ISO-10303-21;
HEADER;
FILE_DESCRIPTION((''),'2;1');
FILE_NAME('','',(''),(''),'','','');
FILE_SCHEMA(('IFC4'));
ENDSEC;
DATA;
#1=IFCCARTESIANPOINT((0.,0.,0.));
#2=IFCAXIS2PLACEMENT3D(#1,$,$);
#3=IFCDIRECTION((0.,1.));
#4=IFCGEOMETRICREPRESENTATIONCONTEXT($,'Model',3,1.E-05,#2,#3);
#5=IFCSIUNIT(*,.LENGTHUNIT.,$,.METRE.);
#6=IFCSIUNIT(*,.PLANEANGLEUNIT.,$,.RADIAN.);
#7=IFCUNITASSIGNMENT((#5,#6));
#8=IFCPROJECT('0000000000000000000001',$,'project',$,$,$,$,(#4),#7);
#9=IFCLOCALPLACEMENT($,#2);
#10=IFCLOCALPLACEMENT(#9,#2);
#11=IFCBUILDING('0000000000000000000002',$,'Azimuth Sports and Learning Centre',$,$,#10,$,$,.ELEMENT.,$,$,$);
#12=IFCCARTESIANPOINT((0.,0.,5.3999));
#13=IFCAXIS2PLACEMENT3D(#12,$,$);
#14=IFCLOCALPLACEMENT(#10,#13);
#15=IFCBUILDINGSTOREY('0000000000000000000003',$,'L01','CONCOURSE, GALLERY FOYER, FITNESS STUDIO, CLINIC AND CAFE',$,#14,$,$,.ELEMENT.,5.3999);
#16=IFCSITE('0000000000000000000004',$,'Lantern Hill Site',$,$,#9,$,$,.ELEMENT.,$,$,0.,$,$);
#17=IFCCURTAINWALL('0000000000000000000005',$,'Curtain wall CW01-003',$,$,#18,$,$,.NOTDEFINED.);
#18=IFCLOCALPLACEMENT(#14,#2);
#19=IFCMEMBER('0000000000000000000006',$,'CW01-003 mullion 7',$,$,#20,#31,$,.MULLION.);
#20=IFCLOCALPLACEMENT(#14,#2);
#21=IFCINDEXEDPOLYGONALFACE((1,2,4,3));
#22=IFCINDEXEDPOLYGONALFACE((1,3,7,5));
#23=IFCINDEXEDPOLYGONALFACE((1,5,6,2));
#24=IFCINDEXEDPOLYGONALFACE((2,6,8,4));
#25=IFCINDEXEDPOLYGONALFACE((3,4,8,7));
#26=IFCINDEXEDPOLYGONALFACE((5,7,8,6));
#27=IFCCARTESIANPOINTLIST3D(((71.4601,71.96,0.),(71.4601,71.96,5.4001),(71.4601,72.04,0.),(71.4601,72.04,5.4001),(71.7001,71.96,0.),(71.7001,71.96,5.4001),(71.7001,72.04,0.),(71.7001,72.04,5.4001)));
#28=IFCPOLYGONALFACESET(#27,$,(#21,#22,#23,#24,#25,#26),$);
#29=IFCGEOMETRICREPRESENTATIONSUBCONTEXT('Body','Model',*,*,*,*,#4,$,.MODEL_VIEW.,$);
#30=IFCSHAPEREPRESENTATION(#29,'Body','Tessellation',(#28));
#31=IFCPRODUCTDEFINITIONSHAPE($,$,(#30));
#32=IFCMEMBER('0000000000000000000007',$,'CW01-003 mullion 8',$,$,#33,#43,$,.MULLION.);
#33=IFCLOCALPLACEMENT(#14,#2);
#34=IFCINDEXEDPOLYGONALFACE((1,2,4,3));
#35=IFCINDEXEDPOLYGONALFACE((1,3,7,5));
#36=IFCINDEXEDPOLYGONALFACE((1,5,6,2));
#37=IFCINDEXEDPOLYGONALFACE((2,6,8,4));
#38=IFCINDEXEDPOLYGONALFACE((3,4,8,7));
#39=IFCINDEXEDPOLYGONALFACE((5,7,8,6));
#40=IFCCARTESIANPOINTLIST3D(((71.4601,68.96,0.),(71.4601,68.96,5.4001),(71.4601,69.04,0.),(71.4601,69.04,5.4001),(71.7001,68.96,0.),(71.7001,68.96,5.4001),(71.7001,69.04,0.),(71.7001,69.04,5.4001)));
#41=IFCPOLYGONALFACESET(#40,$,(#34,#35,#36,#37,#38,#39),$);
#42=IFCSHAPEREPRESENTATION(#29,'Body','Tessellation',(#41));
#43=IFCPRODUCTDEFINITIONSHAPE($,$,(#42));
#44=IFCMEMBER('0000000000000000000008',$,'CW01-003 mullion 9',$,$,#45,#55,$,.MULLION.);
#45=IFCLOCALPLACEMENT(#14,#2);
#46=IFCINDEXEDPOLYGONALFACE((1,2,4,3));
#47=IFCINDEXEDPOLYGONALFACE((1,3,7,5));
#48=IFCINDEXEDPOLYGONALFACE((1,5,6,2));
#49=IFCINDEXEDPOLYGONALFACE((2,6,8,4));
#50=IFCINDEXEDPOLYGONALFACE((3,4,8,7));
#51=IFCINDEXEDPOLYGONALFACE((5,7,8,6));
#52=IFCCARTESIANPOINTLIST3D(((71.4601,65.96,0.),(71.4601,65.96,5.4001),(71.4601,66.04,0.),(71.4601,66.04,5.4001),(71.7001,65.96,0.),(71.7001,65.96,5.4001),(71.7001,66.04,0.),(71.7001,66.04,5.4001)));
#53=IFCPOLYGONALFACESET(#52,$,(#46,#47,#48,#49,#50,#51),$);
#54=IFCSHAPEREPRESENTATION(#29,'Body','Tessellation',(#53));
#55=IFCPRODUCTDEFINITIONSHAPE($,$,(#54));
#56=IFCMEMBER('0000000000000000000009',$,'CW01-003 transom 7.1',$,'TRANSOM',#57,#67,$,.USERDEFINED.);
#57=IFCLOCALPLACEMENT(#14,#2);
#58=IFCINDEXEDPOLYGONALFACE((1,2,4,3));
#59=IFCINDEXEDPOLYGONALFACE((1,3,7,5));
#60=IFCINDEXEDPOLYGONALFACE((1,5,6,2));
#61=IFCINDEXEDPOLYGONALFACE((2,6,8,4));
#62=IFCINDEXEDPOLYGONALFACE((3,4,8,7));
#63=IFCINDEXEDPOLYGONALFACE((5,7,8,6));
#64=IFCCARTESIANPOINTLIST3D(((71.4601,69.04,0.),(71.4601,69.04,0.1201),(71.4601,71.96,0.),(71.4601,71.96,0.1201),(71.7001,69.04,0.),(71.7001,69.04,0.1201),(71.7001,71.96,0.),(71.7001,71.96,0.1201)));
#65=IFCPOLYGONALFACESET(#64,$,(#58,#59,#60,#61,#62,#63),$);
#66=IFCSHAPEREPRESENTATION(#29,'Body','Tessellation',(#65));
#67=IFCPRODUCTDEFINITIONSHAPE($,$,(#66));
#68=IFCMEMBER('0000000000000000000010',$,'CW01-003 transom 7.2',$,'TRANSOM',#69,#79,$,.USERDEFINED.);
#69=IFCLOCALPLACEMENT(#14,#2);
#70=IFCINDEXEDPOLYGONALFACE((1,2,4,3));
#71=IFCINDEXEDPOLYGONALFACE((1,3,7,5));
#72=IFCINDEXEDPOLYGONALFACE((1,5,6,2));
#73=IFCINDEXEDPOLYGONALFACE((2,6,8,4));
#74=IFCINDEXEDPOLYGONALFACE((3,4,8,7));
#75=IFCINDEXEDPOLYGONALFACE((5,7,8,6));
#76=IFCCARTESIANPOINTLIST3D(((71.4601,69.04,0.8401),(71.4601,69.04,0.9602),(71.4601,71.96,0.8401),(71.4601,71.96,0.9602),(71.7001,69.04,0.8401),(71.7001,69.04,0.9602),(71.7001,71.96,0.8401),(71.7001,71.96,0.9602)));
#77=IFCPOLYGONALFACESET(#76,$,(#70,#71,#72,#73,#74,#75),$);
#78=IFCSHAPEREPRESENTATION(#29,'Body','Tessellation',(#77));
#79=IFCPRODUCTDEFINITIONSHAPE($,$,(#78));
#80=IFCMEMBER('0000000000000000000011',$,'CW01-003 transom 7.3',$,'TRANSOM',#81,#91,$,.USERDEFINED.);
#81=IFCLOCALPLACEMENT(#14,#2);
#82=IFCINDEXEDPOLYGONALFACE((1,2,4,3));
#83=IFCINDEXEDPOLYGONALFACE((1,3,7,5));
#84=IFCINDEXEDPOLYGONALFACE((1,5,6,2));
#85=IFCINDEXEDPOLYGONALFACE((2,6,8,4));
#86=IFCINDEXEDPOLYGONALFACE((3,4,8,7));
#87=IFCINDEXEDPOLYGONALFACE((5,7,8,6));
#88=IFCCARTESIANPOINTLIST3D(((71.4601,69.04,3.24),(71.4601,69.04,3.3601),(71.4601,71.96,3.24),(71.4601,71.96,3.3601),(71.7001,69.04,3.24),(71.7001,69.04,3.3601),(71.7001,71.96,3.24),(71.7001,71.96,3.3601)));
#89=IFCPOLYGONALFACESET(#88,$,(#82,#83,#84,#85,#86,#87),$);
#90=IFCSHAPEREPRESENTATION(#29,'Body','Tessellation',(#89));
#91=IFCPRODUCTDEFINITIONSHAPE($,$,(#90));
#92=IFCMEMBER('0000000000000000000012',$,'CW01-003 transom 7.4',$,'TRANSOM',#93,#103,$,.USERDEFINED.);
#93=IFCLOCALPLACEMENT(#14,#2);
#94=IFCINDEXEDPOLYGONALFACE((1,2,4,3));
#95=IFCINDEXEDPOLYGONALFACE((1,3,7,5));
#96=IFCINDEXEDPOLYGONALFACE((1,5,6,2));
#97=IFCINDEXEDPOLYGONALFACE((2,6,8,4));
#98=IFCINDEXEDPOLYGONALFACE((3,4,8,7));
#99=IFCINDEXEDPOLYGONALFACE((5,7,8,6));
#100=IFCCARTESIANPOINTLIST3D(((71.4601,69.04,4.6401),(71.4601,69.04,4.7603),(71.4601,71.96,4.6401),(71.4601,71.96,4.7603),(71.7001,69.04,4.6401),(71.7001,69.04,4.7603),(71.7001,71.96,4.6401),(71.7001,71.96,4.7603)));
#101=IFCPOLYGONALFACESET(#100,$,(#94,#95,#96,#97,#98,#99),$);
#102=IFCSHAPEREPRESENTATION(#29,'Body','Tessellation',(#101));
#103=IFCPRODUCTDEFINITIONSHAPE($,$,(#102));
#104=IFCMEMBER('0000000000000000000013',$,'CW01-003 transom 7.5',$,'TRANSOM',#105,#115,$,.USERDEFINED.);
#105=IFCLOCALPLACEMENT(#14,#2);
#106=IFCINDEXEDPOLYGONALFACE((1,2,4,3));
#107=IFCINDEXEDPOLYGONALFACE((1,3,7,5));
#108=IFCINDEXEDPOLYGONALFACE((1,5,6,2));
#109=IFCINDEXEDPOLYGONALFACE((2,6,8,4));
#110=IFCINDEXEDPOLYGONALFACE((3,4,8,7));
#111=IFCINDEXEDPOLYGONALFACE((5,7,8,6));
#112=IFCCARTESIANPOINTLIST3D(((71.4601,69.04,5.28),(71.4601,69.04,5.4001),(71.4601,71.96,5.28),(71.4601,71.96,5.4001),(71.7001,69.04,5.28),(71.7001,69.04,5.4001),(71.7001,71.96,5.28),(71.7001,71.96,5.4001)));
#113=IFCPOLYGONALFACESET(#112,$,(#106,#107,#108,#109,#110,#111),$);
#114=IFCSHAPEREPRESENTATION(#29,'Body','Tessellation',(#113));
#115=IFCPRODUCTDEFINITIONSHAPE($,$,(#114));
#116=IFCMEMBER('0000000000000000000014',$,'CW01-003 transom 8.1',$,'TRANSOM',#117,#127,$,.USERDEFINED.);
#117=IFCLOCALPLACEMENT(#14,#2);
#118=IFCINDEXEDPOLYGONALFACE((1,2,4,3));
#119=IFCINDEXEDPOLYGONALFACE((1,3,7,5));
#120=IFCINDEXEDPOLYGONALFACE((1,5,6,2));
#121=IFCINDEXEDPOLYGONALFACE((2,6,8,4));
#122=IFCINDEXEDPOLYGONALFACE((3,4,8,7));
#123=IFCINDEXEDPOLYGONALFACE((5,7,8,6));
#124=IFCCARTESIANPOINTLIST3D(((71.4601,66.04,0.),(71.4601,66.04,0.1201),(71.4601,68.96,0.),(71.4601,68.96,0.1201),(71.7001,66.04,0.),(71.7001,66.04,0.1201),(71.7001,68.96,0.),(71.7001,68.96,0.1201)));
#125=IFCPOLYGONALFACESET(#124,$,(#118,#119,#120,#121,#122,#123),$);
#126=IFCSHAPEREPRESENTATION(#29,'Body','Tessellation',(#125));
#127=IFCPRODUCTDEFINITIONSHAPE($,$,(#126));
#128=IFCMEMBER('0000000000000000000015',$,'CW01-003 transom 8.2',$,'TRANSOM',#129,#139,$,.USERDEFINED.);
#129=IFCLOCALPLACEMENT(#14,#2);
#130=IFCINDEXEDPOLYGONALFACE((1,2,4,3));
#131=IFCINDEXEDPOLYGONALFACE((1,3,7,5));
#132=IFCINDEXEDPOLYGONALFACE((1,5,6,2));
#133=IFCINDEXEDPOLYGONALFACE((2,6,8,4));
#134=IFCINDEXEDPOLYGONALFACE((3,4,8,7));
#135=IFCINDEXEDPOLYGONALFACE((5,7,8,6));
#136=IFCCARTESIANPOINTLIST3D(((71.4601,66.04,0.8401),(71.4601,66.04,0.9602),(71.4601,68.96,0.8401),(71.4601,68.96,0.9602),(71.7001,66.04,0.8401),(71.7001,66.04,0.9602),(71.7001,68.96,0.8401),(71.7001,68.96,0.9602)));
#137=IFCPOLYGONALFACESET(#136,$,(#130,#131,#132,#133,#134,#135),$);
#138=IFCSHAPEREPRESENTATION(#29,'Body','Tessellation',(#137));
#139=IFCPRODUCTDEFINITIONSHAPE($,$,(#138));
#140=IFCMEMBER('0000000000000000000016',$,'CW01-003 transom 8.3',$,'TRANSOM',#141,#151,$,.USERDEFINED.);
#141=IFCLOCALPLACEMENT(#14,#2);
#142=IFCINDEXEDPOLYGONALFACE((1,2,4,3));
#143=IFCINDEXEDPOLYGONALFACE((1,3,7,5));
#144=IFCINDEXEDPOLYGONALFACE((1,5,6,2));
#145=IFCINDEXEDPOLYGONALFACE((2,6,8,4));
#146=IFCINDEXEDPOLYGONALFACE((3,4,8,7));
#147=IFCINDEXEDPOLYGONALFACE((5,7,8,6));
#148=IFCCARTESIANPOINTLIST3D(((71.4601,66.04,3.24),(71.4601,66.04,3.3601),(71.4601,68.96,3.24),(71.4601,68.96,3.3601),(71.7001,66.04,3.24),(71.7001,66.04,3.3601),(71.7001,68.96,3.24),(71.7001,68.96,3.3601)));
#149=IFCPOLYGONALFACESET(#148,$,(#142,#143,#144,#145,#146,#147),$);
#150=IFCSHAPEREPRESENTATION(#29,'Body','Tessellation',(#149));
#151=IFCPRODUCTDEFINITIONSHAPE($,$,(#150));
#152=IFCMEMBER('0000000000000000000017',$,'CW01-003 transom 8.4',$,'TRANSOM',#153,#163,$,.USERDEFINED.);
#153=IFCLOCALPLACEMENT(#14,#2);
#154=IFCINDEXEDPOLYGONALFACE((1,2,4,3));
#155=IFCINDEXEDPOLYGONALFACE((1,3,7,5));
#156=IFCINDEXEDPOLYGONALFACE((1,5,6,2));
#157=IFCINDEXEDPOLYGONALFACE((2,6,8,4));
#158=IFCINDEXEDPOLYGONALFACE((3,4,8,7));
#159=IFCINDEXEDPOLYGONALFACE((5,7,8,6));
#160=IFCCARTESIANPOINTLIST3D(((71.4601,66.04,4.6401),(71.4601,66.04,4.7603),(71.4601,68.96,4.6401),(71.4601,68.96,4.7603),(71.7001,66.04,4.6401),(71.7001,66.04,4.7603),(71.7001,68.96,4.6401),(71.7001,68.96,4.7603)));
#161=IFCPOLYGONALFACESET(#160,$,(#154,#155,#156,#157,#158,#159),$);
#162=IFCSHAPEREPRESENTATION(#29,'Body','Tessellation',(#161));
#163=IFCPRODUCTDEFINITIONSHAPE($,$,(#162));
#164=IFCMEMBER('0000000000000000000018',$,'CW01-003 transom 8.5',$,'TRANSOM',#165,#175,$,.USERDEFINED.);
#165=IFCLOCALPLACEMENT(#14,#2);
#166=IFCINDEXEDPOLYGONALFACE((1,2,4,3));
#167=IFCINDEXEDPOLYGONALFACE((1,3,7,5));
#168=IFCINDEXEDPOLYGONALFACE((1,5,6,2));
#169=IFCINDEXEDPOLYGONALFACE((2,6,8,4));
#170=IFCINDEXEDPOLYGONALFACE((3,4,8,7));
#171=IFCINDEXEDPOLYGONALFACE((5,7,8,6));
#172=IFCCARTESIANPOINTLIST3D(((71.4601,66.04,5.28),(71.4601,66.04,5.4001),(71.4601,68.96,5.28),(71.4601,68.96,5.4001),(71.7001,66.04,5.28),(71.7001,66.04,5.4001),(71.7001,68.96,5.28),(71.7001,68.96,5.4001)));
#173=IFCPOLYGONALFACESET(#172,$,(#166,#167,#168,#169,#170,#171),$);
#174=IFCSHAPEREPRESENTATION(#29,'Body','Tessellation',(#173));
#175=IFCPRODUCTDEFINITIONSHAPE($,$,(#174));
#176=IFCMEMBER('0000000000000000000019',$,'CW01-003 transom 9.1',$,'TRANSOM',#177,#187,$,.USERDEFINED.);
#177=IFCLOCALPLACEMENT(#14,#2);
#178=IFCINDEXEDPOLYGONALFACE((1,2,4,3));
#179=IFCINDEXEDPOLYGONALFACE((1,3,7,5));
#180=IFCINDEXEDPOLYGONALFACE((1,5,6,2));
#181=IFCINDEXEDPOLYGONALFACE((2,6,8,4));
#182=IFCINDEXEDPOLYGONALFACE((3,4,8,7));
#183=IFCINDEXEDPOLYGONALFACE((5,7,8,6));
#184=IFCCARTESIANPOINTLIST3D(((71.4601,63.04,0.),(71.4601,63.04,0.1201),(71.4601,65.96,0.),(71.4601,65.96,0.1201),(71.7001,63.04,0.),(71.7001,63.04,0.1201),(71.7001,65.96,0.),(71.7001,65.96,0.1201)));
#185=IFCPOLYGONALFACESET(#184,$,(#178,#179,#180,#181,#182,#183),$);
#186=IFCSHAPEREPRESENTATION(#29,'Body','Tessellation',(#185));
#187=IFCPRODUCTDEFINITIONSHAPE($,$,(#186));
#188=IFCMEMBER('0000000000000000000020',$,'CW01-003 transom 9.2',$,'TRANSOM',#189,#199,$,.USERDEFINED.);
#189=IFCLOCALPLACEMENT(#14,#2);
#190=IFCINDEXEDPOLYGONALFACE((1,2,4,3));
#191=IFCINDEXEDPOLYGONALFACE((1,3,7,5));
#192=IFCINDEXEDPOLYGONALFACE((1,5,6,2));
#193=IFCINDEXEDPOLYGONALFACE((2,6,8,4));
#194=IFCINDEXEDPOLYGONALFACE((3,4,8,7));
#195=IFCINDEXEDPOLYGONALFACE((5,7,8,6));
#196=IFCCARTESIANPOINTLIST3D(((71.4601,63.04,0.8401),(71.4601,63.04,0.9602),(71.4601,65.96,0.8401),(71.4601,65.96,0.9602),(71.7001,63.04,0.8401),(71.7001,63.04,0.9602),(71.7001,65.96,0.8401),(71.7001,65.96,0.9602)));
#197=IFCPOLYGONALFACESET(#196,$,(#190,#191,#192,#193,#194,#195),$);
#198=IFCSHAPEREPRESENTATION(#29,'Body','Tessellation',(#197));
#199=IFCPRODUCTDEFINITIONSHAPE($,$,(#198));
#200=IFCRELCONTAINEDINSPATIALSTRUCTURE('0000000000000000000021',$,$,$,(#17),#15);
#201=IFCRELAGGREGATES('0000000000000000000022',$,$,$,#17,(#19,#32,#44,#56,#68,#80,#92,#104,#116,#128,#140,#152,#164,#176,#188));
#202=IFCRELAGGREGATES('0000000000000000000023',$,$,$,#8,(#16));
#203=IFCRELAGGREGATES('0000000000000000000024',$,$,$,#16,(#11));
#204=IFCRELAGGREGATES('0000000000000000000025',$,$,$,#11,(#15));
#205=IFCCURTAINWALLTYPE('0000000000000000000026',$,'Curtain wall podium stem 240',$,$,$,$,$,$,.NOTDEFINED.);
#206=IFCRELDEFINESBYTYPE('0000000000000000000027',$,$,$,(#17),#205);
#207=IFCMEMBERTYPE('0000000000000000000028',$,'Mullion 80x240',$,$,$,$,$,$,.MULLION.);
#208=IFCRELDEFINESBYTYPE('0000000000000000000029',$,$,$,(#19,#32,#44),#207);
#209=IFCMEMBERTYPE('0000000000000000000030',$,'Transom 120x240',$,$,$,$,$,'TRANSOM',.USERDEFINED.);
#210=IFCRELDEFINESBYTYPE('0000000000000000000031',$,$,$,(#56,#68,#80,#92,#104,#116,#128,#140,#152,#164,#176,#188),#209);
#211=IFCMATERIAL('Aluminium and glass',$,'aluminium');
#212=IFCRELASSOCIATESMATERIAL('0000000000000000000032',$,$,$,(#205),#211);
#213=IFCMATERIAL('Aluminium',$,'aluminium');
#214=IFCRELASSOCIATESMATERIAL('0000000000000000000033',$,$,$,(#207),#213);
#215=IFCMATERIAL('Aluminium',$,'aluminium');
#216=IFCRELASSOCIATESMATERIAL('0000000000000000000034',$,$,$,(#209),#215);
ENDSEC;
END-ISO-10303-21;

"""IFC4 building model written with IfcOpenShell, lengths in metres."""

from ifc_helpers import new_model, si_unit, direction, frame, origin, origin_2d, place, context, subcontext, project, spatial, rectangle, extrude, material, material_profile, profile_set, type_object, element, aggregate, save


model = new_model("IFC4")

# Units and contexts
model_context = context("Model", 3, precision=1e-05, world=origin(), true_north=direction((0.0, 1.0)))
body_context = subcontext(model_context, "Body", "Model", "MODEL_VIEW")
ifc_project = project(units=[si_unit("LENGTHUNIT", "METRE"), si_unit("PLANEANGLEUNIT", "RADIAN")], contexts=[model_context])

# Site, building, storey
site_placement = place(None, origin())
site = spatial("IfcSite", under=ifc_project, at=site_placement, Name="Lantern Hill Site", CompositionType="ELEMENT", RefElevation=0.0)
building_placement = place(site_placement, origin())
building = spatial("IfcBuilding", under=site, at=building_placement, Name="Azimuth Sports and Learning Centre", CompositionType="ELEMENT")
storey_placement = place(building_placement, frame((0.0, 0.0, 5.3999)))
storey = spatial("IfcBuildingStorey", under=building, at=storey_placement, Name="L01", Description="CONCOURSE, GALLERY FOYER, FITNESS STUDIO, CLINIC AND CAFE", CompositionType="ELEMENT", Elevation=5.3999)

# Curtain wall, members
ifc_material_1 = material(Name="Aluminium and glass", Category="aluminium")
curtain_wall_type = type_object("IfcCurtainWallType", Name="Curtain wall podium stem 240", PredefinedType="NOTDEFINED", material=ifc_material_1)
curtain_wall_placement = place(storey_placement, origin())
curtain_wall = element("IfcCurtainWall", 1, at=curtain_wall_placement, inside=storey, type_object=curtain_wall_type, Name="Curtain wall CW01-003", PredefinedType="NOTDEFINED")
ifc_material_2 = material(Name="Aluminium", Category="aluminium")
ifc_material_profile_1 = material_profile(ifc_material_2, rectangle(XDim=0.24, YDim=0.0801, at=origin_2d()), Name="Mullion 80x240")
ifc_profile_set_1 = profile_set([ifc_material_profile_1], Name="Aluminium")
member_type_1 = type_object("IfcMemberType", Name="Mullion 80x240", PredefinedType="MULLION", material=ifc_profile_set_1)
member_1_placement = place(storey_placement, frame((71.5801, 72.0, 0.0), z_axis=(0.0, 0.0, 1.0), x_axis=(1.0, 0.0, 0.0)))
member_1 = element("IfcMember", 2, at=member_1_placement, type_object=member_type_1, Name="CW01-003 mullion 7", PredefinedType="MULLION", context=body_context, shape_type="SweptSolid", body=[
    extrude(rectangle(XDim=0.24, YDim=0.0801, at=origin_2d()), origin(), (0.0, 0.0, 1.0), 5.4001),
])
member_2_placement = place(storey_placement, frame((71.5801, 69.0, 0.0), z_axis=(0.0, 0.0, 1.0), x_axis=(1.0, 0.0, 0.0)))
member_2 = element("IfcMember", 3, at=member_2_placement, type_object=member_type_1, Name="CW01-003 mullion 8", PredefinedType="MULLION", context=body_context, shape_type="SweptSolid", body=[
    extrude(rectangle(XDim=0.24, YDim=0.0801, at=origin_2d()), origin(), (0.0, 0.0, 1.0), 5.4001),
])
member_3_placement = place(storey_placement, frame((71.5801, 66.0, 0.0), z_axis=(0.0, 0.0, 1.0), x_axis=(1.0, 0.0, 0.0)))
member_3 = element("IfcMember", 4, at=member_3_placement, type_object=member_type_1, Name="CW01-003 mullion 9", PredefinedType="MULLION", context=body_context, shape_type="SweptSolid", body=[
    extrude(rectangle(XDim=0.24, YDim=0.0801, at=origin_2d()), origin(), (0.0, 0.0, 1.0), 5.4001),
])
ifc_material_3 = material(Name="Aluminium", Category="aluminium")
ifc_material_profile_2 = material_profile(ifc_material_3, rectangle(XDim=0.24, YDim=0.1201, at=origin_2d()), Name="Transom 120x240")
ifc_profile_set_2 = profile_set([ifc_material_profile_2], Name="Aluminium")
member_type_2 = type_object("IfcMemberType", Name="Transom 120x240", ElementType="TRANSOM", PredefinedType="USERDEFINED", material=ifc_profile_set_2)
member_4_placement = place(storey_placement, frame((71.5801, 71.96, 0.0601), z_axis=(0.0, -1.0, 0.0), x_axis=(1.0, 0.0, 0.0)))
member_4 = element("IfcMember", 5, at=member_4_placement, type_object=member_type_2, Name="CW01-003 transom 7.1", ObjectType="TRANSOM", PredefinedType="USERDEFINED", context=body_context, shape_type="SweptSolid", body=[
    extrude(rectangle(XDim=0.24, YDim=0.1201, at=origin_2d()), origin(), (0.0, 0.0, 1.0), 2.9199),
])
member_5_placement = place(storey_placement, frame((71.5801, 71.96, 0.9001), z_axis=(0.0, -1.0, 0.0), x_axis=(1.0, 0.0, 0.0)))
member_5 = element("IfcMember", 6, at=member_5_placement, type_object=member_type_2, Name="CW01-003 transom 7.2", ObjectType="TRANSOM", PredefinedType="USERDEFINED", context=body_context, shape_type="SweptSolid", body=[
    extrude(rectangle(XDim=0.24, YDim=0.1201, at=origin_2d()), origin(), (0.0, 0.0, 1.0), 2.9199),
])
member_6_placement = place(storey_placement, frame((71.5801, 71.96, 3.3), z_axis=(0.0, -1.0, 0.0), x_axis=(1.0, 0.0, 0.0)))
member_6 = element("IfcMember", 7, at=member_6_placement, type_object=member_type_2, Name="CW01-003 transom 7.3", ObjectType="TRANSOM", PredefinedType="USERDEFINED", context=body_context, shape_type="SweptSolid", body=[
    extrude(rectangle(XDim=0.24, YDim=0.1201, at=origin_2d()), origin(), (0.0, 0.0, 1.0), 2.9199),
])
member_7_placement = place(storey_placement, frame((71.5801, 71.96, 4.7002), z_axis=(0.0, -1.0, 0.0), x_axis=(1.0, 0.0, 0.0)))
member_7 = element("IfcMember", 8, at=member_7_placement, type_object=member_type_2, Name="CW01-003 transom 7.4", ObjectType="TRANSOM", PredefinedType="USERDEFINED", context=body_context, shape_type="SweptSolid", body=[
    extrude(rectangle(XDim=0.24, YDim=0.1201, at=origin_2d()), origin(), (0.0, 0.0, 1.0), 2.9199),
])
member_8_placement = place(storey_placement, frame((71.5801, 71.96, 5.3401), z_axis=(0.0, -1.0, 0.0), x_axis=(1.0, 0.0, 0.0)))
member_8 = element("IfcMember", 9, at=member_8_placement, type_object=member_type_2, Name="CW01-003 transom 7.5", ObjectType="TRANSOM", PredefinedType="USERDEFINED", context=body_context, shape_type="SweptSolid", body=[
    extrude(rectangle(XDim=0.24, YDim=0.1201, at=origin_2d()), origin(), (0.0, 0.0, 1.0), 2.9199),
])
member_9_placement = place(storey_placement, frame((71.5801, 68.96, 0.0601), z_axis=(0.0, -1.0, 0.0), x_axis=(1.0, 0.0, 0.0)))
member_9 = element("IfcMember", 10, at=member_9_placement, type_object=member_type_2, Name="CW01-003 transom 8.1", ObjectType="TRANSOM", PredefinedType="USERDEFINED", context=body_context, shape_type="SweptSolid", body=[
    extrude(rectangle(XDim=0.24, YDim=0.1201, at=origin_2d()), origin(), (0.0, 0.0, 1.0), 2.9199),
])
member_10_placement = place(storey_placement, frame((71.5801, 68.96, 0.9001), z_axis=(0.0, -1.0, 0.0), x_axis=(1.0, 0.0, 0.0)))
member_10 = element("IfcMember", 11, at=member_10_placement, type_object=member_type_2, Name="CW01-003 transom 8.2", ObjectType="TRANSOM", PredefinedType="USERDEFINED", context=body_context, shape_type="SweptSolid", body=[
    extrude(rectangle(XDim=0.24, YDim=0.1201, at=origin_2d()), origin(), (0.0, 0.0, 1.0), 2.9199),
])
member_11_placement = place(storey_placement, frame((71.5801, 68.96, 3.3), z_axis=(0.0, -1.0, 0.0), x_axis=(1.0, 0.0, 0.0)))
member_11 = element("IfcMember", 12, at=member_11_placement, type_object=member_type_2, Name="CW01-003 transom 8.3", ObjectType="TRANSOM", PredefinedType="USERDEFINED", context=body_context, shape_type="SweptSolid", body=[
    extrude(rectangle(XDim=0.24, YDim=0.1201, at=origin_2d()), origin(), (0.0, 0.0, 1.0), 2.9199),
])
member_12_placement = place(storey_placement, frame((71.5801, 68.96, 4.7002), z_axis=(0.0, -1.0, 0.0), x_axis=(1.0, 0.0, 0.0)))
member_12 = element("IfcMember", 13, at=member_12_placement, type_object=member_type_2, Name="CW01-003 transom 8.4", ObjectType="TRANSOM", PredefinedType="USERDEFINED", context=body_context, shape_type="SweptSolid", body=[
    extrude(rectangle(XDim=0.24, YDim=0.1201, at=origin_2d()), origin(), (0.0, 0.0, 1.0), 2.9199),
])
member_13_placement = place(storey_placement, frame((71.5801, 68.96, 5.3401), z_axis=(0.0, -1.0, 0.0), x_axis=(1.0, 0.0, 0.0)))
member_13 = element("IfcMember", 14, at=member_13_placement, type_object=member_type_2, Name="CW01-003 transom 8.5", ObjectType="TRANSOM", PredefinedType="USERDEFINED", context=body_context, shape_type="SweptSolid", body=[
    extrude(rectangle(XDim=0.24, YDim=0.1201, at=origin_2d()), origin(), (0.0, 0.0, 1.0), 2.9199),
])
member_14_placement = place(storey_placement, frame((71.5801, 65.96, 0.0601), z_axis=(0.0, -1.0, 0.0), x_axis=(1.0, 0.0, 0.0)))
member_14 = element("IfcMember", 15, at=member_14_placement, type_object=member_type_2, Name="CW01-003 transom 9.1", ObjectType="TRANSOM", PredefinedType="USERDEFINED", context=body_context, shape_type="SweptSolid", body=[
    extrude(rectangle(XDim=0.24, YDim=0.1201, at=origin_2d()), origin(), (0.0, 0.0, 1.0), 2.9199),
])
member_15_placement = place(storey_placement, frame((71.5801, 65.96, 0.9001), z_axis=(0.0, -1.0, 0.0), x_axis=(1.0, 0.0, 0.0)))
member_15 = element("IfcMember", 16, at=member_15_placement, type_object=member_type_2, Name="CW01-003 transom 9.2", ObjectType="TRANSOM", PredefinedType="USERDEFINED", context=body_context, shape_type="SweptSolid", body=[
    extrude(rectangle(XDim=0.24, YDim=0.1201, at=origin_2d()), origin(), (0.0, 0.0, 1.0), 2.9199),
])
aggregate(curtain_wall, [member_1, member_2, member_3, member_4, member_5, member_6, member_7, member_8, member_9, member_10, member_11, member_12, member_13, member_14, member_15])

save(model, "model.ifc")
